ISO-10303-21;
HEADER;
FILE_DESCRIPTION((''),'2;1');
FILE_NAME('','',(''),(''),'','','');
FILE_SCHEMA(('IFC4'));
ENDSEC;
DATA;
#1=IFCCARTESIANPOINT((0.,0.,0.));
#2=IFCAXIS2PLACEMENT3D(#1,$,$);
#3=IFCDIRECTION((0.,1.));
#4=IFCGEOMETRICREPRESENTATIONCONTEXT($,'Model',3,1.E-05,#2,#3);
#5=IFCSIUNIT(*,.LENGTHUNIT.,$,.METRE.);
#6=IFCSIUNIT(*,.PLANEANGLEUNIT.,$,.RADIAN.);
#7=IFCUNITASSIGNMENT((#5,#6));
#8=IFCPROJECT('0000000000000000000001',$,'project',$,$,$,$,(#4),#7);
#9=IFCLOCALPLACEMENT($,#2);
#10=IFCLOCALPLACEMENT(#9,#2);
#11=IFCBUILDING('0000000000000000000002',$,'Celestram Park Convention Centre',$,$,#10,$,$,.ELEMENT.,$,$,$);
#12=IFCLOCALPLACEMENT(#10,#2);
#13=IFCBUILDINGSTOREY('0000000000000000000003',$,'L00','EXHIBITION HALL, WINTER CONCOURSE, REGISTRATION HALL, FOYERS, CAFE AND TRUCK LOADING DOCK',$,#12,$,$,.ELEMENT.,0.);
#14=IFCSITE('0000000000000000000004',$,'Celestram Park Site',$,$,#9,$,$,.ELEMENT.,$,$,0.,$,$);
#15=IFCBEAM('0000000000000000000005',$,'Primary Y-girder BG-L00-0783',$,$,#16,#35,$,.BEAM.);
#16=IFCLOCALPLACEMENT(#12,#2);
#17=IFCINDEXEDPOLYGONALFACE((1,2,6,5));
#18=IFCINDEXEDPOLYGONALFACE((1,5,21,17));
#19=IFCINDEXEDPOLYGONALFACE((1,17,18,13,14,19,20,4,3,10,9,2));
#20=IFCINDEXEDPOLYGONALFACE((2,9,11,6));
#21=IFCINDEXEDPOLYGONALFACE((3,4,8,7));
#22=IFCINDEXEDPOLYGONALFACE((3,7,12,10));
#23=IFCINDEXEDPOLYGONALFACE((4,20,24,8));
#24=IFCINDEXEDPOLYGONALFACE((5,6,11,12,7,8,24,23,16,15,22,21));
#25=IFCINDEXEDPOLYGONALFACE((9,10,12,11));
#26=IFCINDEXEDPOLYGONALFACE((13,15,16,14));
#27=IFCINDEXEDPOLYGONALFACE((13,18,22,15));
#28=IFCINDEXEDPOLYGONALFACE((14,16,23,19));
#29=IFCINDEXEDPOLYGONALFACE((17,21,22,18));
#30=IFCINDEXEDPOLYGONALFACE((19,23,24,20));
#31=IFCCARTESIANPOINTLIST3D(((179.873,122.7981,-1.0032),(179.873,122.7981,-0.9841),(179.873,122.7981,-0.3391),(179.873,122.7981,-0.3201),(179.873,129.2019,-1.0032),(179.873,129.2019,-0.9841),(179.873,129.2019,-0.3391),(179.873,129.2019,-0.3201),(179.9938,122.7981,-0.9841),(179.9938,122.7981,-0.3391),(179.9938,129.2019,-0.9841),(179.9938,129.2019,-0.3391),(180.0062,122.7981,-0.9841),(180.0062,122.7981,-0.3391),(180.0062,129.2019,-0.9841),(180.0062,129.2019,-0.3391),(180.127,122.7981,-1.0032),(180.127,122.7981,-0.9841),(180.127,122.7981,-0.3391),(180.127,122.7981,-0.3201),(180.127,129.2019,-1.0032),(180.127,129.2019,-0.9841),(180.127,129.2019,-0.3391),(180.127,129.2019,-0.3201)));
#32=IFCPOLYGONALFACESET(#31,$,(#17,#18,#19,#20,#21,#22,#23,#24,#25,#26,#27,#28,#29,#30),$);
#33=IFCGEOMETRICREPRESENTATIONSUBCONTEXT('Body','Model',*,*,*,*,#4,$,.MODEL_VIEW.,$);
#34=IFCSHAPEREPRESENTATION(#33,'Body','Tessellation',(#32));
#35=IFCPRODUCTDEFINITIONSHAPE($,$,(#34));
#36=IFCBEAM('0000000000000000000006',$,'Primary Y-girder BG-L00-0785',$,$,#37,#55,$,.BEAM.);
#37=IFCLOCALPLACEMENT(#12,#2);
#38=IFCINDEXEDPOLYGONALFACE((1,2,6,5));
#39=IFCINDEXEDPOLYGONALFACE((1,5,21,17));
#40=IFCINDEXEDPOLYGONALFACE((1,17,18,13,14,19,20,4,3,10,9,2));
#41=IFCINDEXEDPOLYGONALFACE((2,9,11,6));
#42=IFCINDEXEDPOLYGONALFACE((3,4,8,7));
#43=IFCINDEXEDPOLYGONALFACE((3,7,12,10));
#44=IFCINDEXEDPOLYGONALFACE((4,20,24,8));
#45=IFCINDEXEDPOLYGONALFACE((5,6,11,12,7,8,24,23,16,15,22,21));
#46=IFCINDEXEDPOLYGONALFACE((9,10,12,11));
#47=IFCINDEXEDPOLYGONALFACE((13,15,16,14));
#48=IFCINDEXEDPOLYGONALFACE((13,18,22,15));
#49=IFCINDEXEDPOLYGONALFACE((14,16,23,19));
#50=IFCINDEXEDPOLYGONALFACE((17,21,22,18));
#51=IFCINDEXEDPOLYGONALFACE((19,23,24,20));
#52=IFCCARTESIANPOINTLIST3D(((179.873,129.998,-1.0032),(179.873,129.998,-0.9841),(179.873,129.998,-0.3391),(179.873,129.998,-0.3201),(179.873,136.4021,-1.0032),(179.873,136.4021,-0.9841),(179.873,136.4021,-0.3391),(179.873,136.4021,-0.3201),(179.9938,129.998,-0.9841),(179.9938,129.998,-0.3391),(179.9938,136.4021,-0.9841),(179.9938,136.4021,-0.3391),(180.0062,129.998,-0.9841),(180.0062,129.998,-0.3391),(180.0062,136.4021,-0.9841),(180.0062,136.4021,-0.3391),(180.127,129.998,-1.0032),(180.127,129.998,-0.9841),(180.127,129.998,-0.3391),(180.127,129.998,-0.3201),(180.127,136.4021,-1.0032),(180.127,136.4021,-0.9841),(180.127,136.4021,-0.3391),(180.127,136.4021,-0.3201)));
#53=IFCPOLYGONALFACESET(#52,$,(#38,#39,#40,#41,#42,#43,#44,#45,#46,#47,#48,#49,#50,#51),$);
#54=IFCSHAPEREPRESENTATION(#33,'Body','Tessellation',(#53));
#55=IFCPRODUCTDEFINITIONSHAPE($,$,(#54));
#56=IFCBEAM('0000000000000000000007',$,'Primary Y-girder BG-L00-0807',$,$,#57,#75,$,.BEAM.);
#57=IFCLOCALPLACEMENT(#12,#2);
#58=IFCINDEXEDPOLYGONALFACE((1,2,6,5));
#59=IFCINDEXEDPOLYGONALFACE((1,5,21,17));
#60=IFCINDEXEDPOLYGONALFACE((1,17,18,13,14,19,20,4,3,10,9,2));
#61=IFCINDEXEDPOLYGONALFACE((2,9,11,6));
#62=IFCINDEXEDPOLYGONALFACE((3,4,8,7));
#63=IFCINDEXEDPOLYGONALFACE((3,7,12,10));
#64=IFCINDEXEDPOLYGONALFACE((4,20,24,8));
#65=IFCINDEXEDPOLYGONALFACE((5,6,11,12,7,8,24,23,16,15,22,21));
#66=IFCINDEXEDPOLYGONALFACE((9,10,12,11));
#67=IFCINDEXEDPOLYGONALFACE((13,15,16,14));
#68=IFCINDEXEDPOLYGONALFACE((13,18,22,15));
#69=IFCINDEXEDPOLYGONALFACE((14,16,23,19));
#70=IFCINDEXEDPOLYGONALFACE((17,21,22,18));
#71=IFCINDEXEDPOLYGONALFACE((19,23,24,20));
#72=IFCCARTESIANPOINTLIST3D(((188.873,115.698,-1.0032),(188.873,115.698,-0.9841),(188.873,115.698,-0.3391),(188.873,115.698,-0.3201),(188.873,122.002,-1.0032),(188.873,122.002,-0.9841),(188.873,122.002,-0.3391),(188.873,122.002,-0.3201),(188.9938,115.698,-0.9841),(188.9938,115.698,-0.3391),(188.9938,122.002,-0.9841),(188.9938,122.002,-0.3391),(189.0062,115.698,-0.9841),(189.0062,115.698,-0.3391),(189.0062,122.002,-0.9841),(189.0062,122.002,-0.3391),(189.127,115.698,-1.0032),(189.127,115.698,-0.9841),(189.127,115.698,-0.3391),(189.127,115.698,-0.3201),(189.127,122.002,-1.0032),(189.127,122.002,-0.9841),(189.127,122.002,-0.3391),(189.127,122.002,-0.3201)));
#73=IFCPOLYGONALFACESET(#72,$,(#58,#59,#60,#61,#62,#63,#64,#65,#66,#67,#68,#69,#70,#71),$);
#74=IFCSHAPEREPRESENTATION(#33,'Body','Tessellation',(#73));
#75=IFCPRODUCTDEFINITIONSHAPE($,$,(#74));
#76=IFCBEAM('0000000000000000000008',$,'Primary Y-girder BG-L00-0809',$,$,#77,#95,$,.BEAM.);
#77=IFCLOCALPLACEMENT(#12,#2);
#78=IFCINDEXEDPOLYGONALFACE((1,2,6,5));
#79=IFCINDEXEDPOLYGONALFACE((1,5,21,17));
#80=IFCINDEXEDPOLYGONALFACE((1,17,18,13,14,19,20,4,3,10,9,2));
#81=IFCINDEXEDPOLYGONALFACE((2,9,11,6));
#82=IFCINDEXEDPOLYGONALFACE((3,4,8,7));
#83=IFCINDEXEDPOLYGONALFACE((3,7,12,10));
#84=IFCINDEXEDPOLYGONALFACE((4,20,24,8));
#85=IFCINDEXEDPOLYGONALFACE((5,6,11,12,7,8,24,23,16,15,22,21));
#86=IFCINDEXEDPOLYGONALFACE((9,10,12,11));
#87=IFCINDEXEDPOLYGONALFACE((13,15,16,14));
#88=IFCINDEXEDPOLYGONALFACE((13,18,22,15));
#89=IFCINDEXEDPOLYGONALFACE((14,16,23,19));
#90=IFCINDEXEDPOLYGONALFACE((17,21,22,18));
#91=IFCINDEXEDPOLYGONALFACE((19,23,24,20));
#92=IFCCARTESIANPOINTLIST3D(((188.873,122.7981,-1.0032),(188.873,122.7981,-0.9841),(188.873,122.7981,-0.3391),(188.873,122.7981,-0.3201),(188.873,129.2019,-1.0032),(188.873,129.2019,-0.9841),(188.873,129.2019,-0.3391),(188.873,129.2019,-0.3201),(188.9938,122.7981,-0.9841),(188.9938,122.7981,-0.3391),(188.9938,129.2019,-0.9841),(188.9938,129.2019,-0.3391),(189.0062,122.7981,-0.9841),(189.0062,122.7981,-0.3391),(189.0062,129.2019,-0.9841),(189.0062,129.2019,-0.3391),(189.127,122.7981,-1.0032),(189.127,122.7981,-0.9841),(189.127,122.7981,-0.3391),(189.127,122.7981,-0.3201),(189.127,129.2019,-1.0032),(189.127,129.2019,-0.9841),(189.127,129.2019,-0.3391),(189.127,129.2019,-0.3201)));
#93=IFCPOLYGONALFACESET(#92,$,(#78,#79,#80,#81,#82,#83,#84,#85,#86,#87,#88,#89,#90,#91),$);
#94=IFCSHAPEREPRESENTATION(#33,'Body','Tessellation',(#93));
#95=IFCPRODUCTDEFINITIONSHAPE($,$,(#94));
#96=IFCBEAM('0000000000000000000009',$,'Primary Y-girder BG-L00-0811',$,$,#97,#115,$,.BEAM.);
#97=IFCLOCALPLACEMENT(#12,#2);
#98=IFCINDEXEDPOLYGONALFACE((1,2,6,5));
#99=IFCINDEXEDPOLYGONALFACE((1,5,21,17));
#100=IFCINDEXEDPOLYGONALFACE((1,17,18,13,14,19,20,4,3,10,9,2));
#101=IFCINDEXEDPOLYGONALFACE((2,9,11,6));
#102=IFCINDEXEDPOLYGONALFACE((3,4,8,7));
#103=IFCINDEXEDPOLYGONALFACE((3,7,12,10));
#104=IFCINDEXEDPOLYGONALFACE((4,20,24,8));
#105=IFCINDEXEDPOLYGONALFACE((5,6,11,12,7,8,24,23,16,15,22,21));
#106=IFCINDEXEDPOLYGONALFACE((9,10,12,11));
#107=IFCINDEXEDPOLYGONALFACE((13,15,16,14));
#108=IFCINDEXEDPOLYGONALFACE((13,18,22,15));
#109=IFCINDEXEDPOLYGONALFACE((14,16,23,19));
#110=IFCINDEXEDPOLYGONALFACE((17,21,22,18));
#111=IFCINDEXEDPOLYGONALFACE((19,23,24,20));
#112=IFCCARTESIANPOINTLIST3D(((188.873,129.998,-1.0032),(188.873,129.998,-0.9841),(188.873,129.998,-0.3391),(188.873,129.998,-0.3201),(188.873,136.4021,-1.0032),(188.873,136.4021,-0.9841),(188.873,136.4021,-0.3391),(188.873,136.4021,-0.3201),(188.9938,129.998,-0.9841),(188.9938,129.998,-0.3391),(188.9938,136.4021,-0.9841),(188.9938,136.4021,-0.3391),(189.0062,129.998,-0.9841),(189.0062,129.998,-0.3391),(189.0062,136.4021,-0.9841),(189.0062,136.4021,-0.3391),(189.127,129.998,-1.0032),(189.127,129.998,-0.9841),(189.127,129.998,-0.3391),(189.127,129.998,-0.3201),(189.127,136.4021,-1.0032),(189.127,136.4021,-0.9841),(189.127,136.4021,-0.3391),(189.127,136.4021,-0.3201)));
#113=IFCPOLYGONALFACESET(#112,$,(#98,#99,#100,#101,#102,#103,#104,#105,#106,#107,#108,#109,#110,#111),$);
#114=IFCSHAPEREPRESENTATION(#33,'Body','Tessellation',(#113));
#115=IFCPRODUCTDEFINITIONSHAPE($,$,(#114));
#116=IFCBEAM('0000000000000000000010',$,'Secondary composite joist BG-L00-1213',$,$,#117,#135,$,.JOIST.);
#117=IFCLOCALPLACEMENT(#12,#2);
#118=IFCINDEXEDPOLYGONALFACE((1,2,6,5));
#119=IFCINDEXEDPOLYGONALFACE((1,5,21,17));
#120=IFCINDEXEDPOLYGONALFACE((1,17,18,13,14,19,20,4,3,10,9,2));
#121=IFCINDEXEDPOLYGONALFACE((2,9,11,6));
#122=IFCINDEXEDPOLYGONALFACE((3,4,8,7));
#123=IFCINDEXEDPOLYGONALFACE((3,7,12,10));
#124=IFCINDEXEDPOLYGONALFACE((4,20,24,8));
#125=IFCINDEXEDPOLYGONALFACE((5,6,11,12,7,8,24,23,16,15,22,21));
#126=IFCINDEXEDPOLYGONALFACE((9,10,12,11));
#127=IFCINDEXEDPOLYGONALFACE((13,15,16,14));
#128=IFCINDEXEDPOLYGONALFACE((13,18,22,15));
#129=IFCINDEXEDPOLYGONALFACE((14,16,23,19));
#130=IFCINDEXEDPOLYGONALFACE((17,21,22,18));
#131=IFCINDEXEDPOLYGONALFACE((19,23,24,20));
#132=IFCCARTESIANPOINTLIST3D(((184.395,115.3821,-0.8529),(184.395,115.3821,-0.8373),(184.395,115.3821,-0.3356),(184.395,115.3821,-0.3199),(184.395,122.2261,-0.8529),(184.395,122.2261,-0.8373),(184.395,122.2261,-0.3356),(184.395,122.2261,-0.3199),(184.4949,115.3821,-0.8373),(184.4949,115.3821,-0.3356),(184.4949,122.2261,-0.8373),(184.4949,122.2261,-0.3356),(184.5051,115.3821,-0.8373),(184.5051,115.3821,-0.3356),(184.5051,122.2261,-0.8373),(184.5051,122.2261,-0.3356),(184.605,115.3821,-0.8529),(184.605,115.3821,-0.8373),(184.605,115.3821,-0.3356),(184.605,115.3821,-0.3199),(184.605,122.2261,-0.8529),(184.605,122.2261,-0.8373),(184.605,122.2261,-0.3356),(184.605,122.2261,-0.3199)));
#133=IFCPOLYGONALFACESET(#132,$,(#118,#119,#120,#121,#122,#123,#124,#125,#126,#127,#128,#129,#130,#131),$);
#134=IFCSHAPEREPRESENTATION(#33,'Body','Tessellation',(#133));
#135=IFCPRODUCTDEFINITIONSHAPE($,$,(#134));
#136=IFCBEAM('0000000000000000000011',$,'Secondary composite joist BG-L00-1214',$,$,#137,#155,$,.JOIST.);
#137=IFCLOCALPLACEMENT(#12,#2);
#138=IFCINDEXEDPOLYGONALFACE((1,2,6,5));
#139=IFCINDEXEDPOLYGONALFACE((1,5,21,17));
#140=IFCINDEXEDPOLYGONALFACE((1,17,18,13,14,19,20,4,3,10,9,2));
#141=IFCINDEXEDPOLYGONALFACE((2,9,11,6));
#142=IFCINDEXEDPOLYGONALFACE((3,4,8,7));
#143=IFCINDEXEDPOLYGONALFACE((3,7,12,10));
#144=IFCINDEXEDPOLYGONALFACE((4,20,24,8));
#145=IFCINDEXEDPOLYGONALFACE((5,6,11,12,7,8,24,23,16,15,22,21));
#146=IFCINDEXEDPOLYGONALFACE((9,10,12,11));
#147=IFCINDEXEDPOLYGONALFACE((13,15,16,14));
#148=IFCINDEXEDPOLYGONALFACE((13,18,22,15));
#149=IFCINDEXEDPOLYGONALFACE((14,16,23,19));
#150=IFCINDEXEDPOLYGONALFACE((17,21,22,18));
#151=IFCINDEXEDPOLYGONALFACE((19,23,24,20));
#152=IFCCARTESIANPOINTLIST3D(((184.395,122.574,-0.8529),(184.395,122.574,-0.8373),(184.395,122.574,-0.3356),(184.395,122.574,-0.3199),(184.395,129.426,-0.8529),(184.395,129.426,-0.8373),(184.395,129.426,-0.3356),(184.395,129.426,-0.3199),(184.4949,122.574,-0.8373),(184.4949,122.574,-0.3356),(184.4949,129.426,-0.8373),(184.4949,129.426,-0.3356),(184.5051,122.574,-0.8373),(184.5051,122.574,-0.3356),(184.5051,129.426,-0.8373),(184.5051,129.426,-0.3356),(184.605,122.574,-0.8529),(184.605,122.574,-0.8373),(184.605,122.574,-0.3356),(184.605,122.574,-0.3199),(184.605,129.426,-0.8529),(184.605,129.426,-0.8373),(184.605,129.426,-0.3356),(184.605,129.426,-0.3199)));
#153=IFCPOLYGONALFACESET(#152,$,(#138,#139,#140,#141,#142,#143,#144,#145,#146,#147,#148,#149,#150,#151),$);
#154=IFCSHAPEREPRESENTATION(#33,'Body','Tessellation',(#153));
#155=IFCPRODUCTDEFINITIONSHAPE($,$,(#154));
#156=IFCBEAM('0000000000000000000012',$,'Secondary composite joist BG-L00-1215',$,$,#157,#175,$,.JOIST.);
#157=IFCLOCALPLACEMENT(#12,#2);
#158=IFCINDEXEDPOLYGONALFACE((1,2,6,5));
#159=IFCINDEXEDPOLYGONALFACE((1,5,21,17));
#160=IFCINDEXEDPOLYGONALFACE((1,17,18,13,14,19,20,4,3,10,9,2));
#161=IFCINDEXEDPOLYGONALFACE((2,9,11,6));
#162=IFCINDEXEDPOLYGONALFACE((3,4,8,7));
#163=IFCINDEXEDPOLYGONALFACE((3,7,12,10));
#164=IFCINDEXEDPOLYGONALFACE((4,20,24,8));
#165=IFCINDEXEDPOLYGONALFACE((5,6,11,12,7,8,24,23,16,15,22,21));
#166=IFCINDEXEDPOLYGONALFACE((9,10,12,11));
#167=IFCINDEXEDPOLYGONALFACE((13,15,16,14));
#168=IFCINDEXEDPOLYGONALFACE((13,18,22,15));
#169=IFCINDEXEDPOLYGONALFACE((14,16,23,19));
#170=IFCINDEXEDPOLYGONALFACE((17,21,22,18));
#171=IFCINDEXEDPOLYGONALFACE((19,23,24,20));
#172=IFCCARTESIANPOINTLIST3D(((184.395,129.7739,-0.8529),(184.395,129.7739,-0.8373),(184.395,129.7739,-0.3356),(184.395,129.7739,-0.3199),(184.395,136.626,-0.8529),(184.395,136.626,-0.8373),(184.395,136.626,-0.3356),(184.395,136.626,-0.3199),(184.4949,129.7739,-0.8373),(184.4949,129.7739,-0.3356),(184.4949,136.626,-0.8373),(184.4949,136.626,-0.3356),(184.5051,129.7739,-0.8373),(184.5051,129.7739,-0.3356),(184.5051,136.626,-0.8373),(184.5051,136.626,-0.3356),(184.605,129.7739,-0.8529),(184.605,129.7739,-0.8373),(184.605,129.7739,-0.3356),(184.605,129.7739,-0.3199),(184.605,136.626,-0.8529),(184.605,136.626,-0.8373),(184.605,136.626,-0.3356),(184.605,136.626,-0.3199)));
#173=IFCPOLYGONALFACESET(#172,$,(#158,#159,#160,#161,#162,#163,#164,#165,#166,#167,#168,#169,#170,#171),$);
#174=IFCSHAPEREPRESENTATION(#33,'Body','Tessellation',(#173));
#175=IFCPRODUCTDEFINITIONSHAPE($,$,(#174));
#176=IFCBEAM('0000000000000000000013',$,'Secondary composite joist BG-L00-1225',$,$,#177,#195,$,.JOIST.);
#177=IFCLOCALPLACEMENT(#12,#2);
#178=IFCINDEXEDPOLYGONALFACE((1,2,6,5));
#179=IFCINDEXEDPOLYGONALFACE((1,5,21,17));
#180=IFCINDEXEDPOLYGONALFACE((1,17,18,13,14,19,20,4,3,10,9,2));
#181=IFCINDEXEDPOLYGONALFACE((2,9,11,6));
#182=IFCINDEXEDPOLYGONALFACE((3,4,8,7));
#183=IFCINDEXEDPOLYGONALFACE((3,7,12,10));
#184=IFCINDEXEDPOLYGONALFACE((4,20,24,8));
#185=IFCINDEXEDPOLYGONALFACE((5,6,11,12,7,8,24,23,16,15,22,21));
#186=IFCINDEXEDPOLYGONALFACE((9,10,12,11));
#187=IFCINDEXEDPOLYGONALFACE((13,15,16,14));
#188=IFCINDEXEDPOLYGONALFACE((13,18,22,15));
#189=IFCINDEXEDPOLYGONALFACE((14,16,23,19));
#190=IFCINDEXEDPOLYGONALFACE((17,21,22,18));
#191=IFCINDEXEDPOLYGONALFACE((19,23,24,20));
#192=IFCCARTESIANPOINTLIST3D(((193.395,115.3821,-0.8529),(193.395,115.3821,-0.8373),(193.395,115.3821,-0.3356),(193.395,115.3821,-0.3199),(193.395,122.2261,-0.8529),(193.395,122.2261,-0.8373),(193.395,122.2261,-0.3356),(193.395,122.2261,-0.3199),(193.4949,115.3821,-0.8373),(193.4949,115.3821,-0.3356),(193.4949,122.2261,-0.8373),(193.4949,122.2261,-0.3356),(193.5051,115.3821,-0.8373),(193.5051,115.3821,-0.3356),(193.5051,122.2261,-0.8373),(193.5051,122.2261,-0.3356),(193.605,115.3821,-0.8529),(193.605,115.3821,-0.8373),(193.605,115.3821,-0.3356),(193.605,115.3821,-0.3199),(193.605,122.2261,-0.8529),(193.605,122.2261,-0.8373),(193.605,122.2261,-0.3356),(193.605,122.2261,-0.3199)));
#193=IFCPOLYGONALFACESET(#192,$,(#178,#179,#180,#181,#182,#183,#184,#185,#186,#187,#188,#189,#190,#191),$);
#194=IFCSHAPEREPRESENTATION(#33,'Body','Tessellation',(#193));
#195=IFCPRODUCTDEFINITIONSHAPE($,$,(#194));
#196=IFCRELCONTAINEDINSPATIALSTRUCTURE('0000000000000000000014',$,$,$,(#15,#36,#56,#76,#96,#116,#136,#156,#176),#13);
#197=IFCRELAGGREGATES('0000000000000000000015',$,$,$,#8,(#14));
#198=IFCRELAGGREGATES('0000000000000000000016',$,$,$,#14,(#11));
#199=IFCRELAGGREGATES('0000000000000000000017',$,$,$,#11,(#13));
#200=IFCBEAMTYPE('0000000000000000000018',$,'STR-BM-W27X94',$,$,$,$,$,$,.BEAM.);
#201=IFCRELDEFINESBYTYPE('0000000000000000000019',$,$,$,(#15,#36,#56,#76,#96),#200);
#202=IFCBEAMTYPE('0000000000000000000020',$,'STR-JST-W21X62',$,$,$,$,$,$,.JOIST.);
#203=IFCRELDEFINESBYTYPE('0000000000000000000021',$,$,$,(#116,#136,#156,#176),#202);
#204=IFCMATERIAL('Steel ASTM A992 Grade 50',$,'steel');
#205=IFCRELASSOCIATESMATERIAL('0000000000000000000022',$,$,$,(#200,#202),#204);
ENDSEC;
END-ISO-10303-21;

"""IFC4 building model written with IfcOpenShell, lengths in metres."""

from ifc_helpers import new_model, si_unit, direction, frame, origin, origin_2d, place, context, subcontext, project, spatial, i_section, extrude, material, material_profile, profile_set, type_object, element, save


model = new_model("IFC4")

# Units and contexts
model_context = context("Model", 3, precision=1e-05, world=origin(), true_north=direction((0.0, 1.0)))
body_context = subcontext(model_context, "Body", "Model", "MODEL_VIEW")
ifc_project = project(units=[si_unit("LENGTHUNIT", "METRE"), si_unit("PLANEANGLEUNIT", "RADIAN")], contexts=[model_context])

# Site, building, storey
site_placement = place(None, origin())
site = spatial("IfcSite", under=ifc_project, at=site_placement, Name="Celestram Park Site", CompositionType="ELEMENT", RefElevation=0.0)
building_placement = place(site_placement, origin())
building = spatial("IfcBuilding", under=site, at=building_placement, Name="Celestram Park Convention Centre", CompositionType="ELEMENT")
storey_placement = place(building_placement, origin())
storey = spatial("IfcBuildingStorey", under=building, at=storey_placement, Name="L00", Description="EXHIBITION HALL, WINTER CONCOURSE, REGISTRATION HALL, FOYERS, CAFE AND TRUCK LOADING DOCK", CompositionType="ELEMENT", Elevation=0.0)

# Beams
ifc_material_1 = material(Name="Steel ASTM A992 Grade 50", Category="steel")
ifc_material_profile_1 = material_profile(ifc_material_1, i_section(OverallWidth=0.2539, OverallDepth=0.6831, WebThickness=0.0125, FlangeThickness=0.019, at=origin_2d()), Name="W27X94")
ifc_profile_set_1 = profile_set([ifc_material_profile_1], Name="Steel ASTM A992 Grade 50")
beam_type_1 = type_object("IfcBeamType", Name="STR-BM-W27X94", PredefinedType="BEAM", material=ifc_profile_set_1)
beam_1_placement = place(storey_placement, frame((180.0, 122.7981, -0.6616), z_axis=(0.0, 1.0, 0.0), x_axis=(-1.0, 0.0, 0.0)))
element("IfcBeam", 1, at=beam_1_placement, inside=storey, type_object=beam_type_1, Name="Primary Y-girder BG-L00-0783", PredefinedType="BEAM", context=body_context, shape_type="SweptSolid", body=[
    extrude(i_section(OverallWidth=0.2539, OverallDepth=0.6831, WebThickness=0.0125, FlangeThickness=0.019, at=origin_2d()), origin(), (0.0, 0.0, 1.0), 6.4038),
])
beam_2_placement = place(storey_placement, frame((180.0, 129.998, -0.6616), z_axis=(0.0, 1.0, 0.0), x_axis=(-1.0, 0.0, 0.0)))
element("IfcBeam", 2, at=beam_2_placement, inside=storey, type_object=beam_type_1, Name="Primary Y-girder BG-L00-0785", PredefinedType="BEAM", context=body_context, shape_type="SweptSolid", body=[
    extrude(i_section(OverallWidth=0.2539, OverallDepth=0.6831, WebThickness=0.0125, FlangeThickness=0.019, at=origin_2d()), origin(), (0.0, 0.0, 1.0), 6.4041),
])
beam_3_placement = place(storey_placement, frame((189.0, 115.698, -0.6616), z_axis=(0.0, 1.0, 0.0), x_axis=(-1.0, 0.0, 0.0)))
element("IfcBeam", 3, at=beam_3_placement, inside=storey, type_object=beam_type_1, Name="Primary Y-girder BG-L00-0807", PredefinedType="BEAM", context=body_context, shape_type="SweptSolid", body=[
    extrude(i_section(OverallWidth=0.2539, OverallDepth=0.6831, WebThickness=0.0125, FlangeThickness=0.019, at=origin_2d()), origin(), (0.0, 0.0, 1.0), 6.304),
])
beam_4_placement = place(storey_placement, frame((189.0, 122.7981, -0.6616), z_axis=(0.0, 1.0, 0.0), x_axis=(-1.0, 0.0, 0.0)))
element("IfcBeam", 4, at=beam_4_placement, inside=storey, type_object=beam_type_1, Name="Primary Y-girder BG-L00-0809", PredefinedType="BEAM", context=body_context, shape_type="SweptSolid", body=[
    extrude(i_section(OverallWidth=0.2539, OverallDepth=0.6831, WebThickness=0.0125, FlangeThickness=0.019, at=origin_2d()), origin(), (0.0, 0.0, 1.0), 6.4038),
])
beam_5_placement = place(storey_placement, frame((189.0, 129.998, -0.6616), z_axis=(0.0, 1.0, 0.0), x_axis=(-1.0, 0.0, 0.0)))
element("IfcBeam", 5, at=beam_5_placement, inside=storey, type_object=beam_type_1, Name="Primary Y-girder BG-L00-0811", PredefinedType="BEAM", context=body_context, shape_type="SweptSolid", body=[
    extrude(i_section(OverallWidth=0.2539, OverallDepth=0.6831, WebThickness=0.0125, FlangeThickness=0.019, at=origin_2d()), origin(), (0.0, 0.0, 1.0), 6.4041),
])
ifc_material_profile_2 = material_profile(ifc_material_1, i_section(OverallWidth=0.21, OverallDepth=0.533, WebThickness=0.0103, FlangeThickness=0.0156, at=origin_2d()), Name="W21X62")
ifc_profile_set_2 = profile_set([ifc_material_profile_2], Name="Steel ASTM A992 Grade 50")
beam_type_2 = type_object("IfcBeamType", Name="STR-JST-W21X62", PredefinedType="JOIST", material=ifc_profile_set_2)
beam_6_placement = place(storey_placement, frame((184.5, 115.3821, -0.5864), z_axis=(0.0, 1.0, 0.0), x_axis=(-1.0, 0.0, 0.0)))
element("IfcBeam", 6, at=beam_6_placement, inside=storey, type_object=beam_type_2, Name="Secondary composite joist BG-L00-1213", PredefinedType="JOIST", context=body_context, shape_type="SweptSolid", body=[
    extrude(i_section(OverallWidth=0.21, OverallDepth=0.533, WebThickness=0.0103, FlangeThickness=0.0156, at=origin_2d()), origin(), (0.0, 0.0, 1.0), 6.844),
])
for number, where, z_axis, x_axis, name in (
    (7, (184.5, 122.574, -0.5864), (0.0, 1.0, 0.0), (-1.0, 0.0, 0.0), "Secondary composite joist BG-L00-1214"),
    (8, (184.5, 129.7739, -0.5864), (0.0, 1.0, 0.0), (-1.0, 0.0, 0.0), "Secondary composite joist BG-L00-1215"),
):
    element("IfcBeam", number, at=place(storey_placement, frame(where, z_axis=z_axis, x_axis=x_axis)), inside=storey, type_object=beam_type_2, Name=name, PredefinedType="JOIST", context=body_context, shape_type="SweptSolid", body=[
        extrude(i_section(OverallWidth=0.21, OverallDepth=0.533, WebThickness=0.0103, FlangeThickness=0.0156, at=origin_2d()), origin(), (0.0, 0.0, 1.0), 6.8521),
    ])
beam_7_placement = place(storey_placement, frame((193.5, 115.3821, -0.5864), z_axis=(0.0, 1.0, 0.0), x_axis=(-1.0, 0.0, 0.0)))
element("IfcBeam", 9, at=beam_7_placement, inside=storey, type_object=beam_type_2, Name="Secondary composite joist BG-L00-1225", PredefinedType="JOIST", context=body_context, shape_type="SweptSolid", body=[
    extrude(i_section(OverallWidth=0.21, OverallDepth=0.533, WebThickness=0.0103, FlangeThickness=0.0156, at=origin_2d()), origin(), (0.0, 0.0, 1.0), 6.844),
])

save(model, "model.ifc")
